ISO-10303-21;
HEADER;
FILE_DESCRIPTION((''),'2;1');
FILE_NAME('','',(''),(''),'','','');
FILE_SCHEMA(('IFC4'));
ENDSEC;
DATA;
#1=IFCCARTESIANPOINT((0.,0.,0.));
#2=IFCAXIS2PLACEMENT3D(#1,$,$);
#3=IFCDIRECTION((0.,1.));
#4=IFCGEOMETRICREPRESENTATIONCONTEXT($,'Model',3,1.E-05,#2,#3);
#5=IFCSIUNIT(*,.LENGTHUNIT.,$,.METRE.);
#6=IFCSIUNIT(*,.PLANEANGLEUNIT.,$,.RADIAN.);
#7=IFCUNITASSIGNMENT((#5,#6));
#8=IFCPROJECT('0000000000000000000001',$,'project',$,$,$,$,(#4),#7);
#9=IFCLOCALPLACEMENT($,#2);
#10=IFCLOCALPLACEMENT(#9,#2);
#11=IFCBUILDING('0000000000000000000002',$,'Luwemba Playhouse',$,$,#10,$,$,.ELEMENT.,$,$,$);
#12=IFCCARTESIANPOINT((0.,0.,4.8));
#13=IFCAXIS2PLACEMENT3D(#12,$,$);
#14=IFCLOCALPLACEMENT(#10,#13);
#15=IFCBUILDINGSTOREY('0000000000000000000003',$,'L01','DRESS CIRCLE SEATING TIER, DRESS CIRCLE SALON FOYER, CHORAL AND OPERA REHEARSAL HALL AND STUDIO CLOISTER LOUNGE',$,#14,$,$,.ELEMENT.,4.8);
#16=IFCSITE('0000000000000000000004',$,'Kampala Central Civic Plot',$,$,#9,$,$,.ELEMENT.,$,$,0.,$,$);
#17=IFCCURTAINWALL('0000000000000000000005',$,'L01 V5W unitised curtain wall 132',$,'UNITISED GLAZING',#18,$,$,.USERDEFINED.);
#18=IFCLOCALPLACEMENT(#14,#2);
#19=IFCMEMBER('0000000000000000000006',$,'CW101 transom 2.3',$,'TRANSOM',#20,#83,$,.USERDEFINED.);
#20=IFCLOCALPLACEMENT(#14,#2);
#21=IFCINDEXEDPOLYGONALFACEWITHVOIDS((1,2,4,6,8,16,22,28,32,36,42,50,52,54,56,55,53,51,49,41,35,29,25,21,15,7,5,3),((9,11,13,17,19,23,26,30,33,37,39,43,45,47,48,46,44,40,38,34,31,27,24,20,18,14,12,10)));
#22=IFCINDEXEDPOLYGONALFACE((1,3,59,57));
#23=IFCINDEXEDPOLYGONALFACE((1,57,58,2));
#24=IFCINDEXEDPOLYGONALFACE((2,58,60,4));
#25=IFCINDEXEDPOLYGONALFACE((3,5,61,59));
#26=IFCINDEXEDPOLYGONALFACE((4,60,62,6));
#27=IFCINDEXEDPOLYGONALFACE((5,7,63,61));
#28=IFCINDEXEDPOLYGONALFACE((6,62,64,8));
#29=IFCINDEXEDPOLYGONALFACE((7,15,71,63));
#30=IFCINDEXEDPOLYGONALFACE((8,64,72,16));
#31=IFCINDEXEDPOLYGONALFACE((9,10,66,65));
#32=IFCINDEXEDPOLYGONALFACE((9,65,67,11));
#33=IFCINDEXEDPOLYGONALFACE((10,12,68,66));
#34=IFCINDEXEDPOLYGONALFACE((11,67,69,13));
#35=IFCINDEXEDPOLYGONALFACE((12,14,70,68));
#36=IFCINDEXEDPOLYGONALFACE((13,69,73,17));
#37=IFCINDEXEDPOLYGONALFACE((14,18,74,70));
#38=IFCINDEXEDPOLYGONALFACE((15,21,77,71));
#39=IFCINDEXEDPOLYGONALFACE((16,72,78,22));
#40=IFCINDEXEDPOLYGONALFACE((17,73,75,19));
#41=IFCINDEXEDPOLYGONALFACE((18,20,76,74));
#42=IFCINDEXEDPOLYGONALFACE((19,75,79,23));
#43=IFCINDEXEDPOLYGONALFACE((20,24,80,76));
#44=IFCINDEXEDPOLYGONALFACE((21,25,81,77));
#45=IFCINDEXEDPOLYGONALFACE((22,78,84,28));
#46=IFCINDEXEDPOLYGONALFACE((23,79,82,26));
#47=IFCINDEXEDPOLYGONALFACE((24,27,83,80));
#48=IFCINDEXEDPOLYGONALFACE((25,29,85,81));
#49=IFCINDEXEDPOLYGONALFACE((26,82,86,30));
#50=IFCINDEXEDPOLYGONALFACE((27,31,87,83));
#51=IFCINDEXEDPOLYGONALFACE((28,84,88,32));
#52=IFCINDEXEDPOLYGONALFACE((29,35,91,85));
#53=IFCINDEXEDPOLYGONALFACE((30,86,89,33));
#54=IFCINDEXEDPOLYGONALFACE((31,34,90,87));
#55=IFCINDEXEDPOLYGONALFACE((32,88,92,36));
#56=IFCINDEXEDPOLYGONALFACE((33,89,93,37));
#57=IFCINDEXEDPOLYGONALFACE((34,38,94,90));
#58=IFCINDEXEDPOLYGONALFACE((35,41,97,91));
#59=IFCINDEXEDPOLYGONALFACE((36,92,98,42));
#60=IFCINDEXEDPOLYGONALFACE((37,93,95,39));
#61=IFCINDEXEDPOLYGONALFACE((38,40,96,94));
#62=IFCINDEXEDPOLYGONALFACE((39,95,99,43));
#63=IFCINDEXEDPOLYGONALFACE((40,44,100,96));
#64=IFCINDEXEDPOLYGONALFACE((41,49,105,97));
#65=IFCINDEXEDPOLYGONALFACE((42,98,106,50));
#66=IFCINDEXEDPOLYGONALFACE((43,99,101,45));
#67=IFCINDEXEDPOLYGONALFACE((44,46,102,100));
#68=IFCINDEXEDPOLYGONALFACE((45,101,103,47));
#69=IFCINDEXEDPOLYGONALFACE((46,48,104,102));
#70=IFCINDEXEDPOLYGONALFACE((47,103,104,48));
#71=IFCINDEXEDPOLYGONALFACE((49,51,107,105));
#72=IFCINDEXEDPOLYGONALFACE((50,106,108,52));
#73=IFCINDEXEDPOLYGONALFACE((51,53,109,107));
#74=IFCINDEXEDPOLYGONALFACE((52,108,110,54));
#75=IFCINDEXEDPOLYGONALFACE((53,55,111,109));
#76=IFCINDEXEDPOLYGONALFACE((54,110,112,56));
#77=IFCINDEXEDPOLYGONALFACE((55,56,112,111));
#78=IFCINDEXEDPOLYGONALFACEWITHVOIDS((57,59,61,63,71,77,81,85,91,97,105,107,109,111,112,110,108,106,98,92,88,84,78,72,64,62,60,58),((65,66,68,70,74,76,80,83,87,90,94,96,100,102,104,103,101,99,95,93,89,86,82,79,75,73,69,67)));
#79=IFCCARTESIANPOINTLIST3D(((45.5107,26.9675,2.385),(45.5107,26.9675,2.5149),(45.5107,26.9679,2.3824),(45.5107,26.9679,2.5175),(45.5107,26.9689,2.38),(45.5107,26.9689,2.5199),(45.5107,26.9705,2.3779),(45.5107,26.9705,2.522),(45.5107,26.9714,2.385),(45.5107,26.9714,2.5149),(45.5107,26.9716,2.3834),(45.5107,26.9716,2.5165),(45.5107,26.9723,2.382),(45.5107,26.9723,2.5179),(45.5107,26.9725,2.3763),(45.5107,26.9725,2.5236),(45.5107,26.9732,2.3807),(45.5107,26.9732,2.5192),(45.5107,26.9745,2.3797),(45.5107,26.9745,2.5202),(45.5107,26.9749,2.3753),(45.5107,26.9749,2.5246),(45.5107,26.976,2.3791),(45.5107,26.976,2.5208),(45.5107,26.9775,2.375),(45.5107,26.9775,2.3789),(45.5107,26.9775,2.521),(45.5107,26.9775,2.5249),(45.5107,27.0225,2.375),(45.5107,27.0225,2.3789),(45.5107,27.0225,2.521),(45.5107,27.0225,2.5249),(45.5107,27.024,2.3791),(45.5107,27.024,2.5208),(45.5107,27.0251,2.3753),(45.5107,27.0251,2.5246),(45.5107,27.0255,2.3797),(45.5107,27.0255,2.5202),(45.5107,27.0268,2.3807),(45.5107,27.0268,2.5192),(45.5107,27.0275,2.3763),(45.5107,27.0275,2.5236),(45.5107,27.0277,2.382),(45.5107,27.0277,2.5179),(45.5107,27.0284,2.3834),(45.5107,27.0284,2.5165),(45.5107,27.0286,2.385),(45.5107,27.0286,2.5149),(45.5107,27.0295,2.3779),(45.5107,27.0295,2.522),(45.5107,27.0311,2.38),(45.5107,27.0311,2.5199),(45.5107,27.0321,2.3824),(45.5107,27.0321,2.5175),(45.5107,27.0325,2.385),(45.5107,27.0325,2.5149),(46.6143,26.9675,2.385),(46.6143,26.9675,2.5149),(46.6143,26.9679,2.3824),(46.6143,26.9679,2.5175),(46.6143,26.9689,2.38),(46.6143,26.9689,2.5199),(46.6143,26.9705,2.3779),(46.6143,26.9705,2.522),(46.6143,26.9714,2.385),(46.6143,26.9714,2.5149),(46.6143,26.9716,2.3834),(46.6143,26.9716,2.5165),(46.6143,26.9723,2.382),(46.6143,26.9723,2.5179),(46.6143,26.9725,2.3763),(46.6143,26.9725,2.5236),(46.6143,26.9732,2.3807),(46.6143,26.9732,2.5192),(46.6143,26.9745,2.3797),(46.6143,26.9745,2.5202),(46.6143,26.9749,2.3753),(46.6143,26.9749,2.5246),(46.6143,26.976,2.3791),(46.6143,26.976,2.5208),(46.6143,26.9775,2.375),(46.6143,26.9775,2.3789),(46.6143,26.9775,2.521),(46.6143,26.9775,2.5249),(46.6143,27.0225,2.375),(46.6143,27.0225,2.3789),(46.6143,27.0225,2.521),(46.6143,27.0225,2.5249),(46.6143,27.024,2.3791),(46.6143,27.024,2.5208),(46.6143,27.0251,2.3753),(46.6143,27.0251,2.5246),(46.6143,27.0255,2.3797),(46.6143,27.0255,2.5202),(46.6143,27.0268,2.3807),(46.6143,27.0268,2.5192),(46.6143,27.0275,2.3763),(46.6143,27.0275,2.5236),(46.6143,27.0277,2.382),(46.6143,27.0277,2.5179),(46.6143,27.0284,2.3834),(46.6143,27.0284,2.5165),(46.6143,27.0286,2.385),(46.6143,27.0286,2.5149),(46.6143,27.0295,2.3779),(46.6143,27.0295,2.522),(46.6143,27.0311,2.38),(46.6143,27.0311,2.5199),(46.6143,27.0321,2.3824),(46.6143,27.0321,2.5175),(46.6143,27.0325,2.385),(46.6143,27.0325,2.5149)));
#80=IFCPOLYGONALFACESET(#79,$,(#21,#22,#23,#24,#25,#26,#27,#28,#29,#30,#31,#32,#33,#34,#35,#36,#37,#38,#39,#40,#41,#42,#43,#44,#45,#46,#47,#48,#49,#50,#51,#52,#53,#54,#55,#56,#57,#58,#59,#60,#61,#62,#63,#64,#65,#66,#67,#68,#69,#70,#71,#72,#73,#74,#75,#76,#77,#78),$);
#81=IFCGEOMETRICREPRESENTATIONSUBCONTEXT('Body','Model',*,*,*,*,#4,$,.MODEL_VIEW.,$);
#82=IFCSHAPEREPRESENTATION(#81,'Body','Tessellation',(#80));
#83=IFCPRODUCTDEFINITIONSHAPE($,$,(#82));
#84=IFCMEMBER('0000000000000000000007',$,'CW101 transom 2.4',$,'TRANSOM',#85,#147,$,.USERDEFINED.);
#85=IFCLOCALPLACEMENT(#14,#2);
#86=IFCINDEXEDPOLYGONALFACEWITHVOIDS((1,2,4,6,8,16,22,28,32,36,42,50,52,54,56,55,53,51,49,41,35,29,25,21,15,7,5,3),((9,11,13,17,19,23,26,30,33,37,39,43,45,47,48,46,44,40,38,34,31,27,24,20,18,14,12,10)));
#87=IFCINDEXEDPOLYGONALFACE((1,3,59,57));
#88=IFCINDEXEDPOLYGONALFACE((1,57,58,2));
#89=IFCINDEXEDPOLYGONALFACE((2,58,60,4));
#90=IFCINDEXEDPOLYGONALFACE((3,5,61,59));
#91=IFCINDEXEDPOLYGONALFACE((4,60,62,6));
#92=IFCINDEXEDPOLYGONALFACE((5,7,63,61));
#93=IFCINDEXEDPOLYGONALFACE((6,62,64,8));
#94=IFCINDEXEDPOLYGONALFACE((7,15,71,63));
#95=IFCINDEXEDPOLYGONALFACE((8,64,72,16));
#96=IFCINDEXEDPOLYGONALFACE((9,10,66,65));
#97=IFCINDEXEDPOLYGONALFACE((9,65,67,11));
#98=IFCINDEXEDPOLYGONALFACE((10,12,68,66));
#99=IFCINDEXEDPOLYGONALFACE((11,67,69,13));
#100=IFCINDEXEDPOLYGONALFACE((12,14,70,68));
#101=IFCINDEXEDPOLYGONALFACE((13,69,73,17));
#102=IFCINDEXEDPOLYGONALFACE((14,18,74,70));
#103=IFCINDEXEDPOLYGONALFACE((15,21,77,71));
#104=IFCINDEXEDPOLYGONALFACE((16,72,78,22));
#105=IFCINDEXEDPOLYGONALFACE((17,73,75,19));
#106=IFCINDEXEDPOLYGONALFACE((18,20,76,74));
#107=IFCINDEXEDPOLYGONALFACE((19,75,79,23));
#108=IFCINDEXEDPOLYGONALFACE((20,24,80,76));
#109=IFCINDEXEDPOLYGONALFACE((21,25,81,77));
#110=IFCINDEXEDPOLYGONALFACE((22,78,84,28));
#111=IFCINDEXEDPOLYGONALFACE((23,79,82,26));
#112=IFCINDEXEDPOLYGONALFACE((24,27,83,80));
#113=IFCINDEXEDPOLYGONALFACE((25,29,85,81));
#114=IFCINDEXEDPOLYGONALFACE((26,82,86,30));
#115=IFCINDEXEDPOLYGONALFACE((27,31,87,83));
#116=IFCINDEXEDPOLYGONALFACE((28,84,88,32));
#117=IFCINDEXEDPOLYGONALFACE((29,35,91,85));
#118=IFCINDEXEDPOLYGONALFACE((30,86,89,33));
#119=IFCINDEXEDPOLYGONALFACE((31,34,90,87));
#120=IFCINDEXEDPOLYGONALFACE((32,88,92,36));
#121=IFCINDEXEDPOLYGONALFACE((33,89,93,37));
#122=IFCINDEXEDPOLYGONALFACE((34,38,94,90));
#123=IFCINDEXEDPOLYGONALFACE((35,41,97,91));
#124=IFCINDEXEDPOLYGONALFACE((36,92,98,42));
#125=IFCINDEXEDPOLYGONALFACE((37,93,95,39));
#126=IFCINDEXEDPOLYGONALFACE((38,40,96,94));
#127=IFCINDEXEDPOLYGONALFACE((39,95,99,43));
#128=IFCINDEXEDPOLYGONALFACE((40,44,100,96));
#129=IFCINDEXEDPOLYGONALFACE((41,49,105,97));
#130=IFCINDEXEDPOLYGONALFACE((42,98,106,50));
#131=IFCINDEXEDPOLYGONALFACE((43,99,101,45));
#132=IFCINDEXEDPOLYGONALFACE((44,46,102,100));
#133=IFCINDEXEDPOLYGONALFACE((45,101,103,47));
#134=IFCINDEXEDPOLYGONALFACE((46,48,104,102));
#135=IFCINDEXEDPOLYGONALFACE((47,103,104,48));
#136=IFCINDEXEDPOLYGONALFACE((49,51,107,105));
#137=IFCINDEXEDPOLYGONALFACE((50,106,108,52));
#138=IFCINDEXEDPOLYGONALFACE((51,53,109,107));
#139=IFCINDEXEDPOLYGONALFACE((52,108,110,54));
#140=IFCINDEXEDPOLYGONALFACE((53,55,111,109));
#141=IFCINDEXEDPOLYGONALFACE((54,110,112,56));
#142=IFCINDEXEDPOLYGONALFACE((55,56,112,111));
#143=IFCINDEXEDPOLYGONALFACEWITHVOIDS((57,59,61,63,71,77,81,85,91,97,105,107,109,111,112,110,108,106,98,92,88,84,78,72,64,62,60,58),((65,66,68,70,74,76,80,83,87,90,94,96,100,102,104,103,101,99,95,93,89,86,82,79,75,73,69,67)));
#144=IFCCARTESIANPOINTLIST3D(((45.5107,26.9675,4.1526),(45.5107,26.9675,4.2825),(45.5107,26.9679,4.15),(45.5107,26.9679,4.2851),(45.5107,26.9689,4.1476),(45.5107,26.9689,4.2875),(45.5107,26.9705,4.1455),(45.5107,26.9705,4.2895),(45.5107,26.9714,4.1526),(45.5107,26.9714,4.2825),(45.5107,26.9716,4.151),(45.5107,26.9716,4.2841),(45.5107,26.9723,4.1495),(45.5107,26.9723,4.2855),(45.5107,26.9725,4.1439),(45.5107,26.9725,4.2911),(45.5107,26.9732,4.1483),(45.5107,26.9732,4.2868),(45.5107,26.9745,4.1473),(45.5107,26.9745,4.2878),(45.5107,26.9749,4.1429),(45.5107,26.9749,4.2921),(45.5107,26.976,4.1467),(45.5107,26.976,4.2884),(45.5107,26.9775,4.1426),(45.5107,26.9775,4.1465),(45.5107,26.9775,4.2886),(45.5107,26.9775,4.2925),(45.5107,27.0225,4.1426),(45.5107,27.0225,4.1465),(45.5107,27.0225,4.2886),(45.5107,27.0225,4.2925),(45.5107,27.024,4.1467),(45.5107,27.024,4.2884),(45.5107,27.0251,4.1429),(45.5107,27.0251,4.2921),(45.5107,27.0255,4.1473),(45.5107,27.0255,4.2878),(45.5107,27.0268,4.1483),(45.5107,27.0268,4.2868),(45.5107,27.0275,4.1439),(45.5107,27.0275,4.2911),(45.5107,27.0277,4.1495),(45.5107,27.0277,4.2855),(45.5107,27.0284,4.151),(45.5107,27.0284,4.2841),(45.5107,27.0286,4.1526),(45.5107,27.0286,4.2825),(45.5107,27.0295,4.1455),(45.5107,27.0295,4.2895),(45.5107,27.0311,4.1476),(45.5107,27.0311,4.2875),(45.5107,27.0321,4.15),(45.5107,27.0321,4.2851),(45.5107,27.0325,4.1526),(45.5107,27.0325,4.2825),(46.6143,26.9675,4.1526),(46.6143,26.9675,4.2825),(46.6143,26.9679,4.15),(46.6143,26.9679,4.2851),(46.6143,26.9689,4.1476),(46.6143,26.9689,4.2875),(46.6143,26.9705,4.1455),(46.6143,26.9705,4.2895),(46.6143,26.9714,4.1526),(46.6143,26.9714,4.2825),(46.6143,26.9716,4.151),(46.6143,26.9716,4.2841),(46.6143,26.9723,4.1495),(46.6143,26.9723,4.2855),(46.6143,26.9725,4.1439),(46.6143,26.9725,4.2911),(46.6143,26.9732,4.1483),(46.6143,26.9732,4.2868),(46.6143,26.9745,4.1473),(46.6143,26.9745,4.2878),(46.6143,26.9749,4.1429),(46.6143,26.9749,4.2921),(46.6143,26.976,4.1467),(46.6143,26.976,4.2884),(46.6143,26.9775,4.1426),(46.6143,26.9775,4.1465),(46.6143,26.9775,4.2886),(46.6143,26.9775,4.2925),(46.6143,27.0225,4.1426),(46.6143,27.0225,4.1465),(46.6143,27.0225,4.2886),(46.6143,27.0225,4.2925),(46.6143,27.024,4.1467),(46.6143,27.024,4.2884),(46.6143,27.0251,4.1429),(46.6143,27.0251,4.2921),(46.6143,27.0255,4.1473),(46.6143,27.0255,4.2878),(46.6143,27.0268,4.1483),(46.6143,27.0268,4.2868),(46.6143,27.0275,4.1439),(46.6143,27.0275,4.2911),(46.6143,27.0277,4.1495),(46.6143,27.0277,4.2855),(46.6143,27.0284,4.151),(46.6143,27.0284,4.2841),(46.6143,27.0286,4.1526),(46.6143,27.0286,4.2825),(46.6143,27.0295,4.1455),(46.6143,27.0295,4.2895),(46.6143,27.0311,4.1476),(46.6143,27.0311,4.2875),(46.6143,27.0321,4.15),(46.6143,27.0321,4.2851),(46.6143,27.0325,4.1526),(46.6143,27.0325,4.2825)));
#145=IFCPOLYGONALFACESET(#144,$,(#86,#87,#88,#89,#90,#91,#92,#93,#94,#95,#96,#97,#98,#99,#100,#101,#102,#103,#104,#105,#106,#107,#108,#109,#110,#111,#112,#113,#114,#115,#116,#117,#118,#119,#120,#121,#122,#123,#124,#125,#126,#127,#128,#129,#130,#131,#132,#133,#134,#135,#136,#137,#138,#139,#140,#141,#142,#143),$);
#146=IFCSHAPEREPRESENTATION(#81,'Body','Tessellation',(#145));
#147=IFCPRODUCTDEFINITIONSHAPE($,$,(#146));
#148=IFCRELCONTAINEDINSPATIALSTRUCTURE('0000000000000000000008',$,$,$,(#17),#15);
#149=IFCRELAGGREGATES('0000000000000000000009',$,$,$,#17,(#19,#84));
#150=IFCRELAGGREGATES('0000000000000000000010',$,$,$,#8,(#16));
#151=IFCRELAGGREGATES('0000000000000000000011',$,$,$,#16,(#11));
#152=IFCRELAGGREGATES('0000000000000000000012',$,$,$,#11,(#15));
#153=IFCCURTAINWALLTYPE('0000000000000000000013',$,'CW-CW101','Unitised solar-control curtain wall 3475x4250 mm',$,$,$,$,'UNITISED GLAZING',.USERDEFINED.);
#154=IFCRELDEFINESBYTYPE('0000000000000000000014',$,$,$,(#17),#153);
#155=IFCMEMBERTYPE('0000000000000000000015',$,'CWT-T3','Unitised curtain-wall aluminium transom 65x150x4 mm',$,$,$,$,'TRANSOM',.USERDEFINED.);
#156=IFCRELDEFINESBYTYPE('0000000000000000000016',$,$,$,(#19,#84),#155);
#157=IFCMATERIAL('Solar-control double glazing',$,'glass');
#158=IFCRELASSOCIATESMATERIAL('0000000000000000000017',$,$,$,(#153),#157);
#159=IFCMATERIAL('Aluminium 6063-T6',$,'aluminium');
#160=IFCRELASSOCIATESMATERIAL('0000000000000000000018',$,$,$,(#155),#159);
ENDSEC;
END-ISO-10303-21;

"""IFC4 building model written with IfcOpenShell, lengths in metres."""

from ifc_helpers import new_model, si_unit, direction, frame, origin, origin_2d, place, context, subcontext, project, spatial, hollow_rectangle, extrude, material, material_profile, profile_set, type_object, element, aggregate, save


model = new_model("IFC4")

# Units and contexts
model_context = context("Model", 3, precision=1e-05, world=origin(), true_north=direction((0.0, 1.0)))
body_context = subcontext(model_context, "Body", "Model", "MODEL_VIEW")
ifc_project = project(units=[si_unit("LENGTHUNIT", "METRE"), si_unit("PLANEANGLEUNIT", "RADIAN")], contexts=[model_context])

# Site, building, storey
site_placement = place(None, origin())
site = spatial("IfcSite", under=ifc_project, at=site_placement, Name="Kampala Central Civic Plot", CompositionType="ELEMENT", RefElevation=0.0)
building_placement = place(site_placement, origin())
building = spatial("IfcBuilding", under=site, at=building_placement, Name="Luwemba Playhouse", CompositionType="ELEMENT")
storey_placement = place(building_placement, frame((0.0, 0.0, 4.8)))
storey = spatial("IfcBuildingStorey", under=building, at=storey_placement, Name="L01", Description="DRESS CIRCLE SEATING TIER, DRESS CIRCLE SALON FOYER, CHORAL AND OPERA REHEARSAL HALL AND STUDIO CLOISTER LOUNGE", CompositionType="ELEMENT", Elevation=4.8)

# Shared definitions
ifc_material_1 = material(Name="Solar-control double glazing", Category="glass")
ifc_material_2 = material(Name="Aluminium 6063-T6", Category="aluminium")

# Curtain wall
curtain_wall_type_1 = type_object("IfcCurtainWallType", Name="CW-CW101", Description="Unitised solar-control curtain wall 3475x4250 mm", ElementType="UNITISED GLAZING", PredefinedType="USERDEFINED", material=ifc_material_1)
curtain_wall_1_placement = place(storey_placement, origin())
curtain_wall_1 = element("IfcCurtainWall", 1, at=curtain_wall_1_placement, inside=storey, type_object=curtain_wall_type_1, Name="L01 V5W unitised curtain wall 132", ObjectType="UNITISED GLAZING", PredefinedType="USERDEFINED")

# Members
ifc_material_profile_1 = material_profile(ifc_material_2, hollow_rectangle(XDim=0.0649, YDim=0.1499, WallThickness=0.0039, InnerFilletRadius=0.0061, OuterFilletRadius=0.01, at=origin_2d()))
ifc_profile_set_1 = profile_set([ifc_material_profile_1], Name="Aluminium 6063-T6")
member_type_1 = type_object("IfcMemberType", Name="CWT-T3", Description="Unitised curtain-wall aluminium transom 65x150x4 mm", ElementType="TRANSOM", PredefinedType="USERDEFINED", material=ifc_profile_set_1)
member_1_placement = place(storey_placement, frame((45.5107, 27.0, 2.45), z_axis=(1.0, 0.0, 0.0), x_axis=(0.0, 1.0, 0.0)))
member_1 = element("IfcMember", 2, at=member_1_placement, type_object=member_type_1, Name="CW101 transom 2.3", ObjectType="TRANSOM", PredefinedType="USERDEFINED", context=body_context, shape_type="SweptSolid", body=[
    extrude(hollow_rectangle(XDim=0.0649, YDim=0.1499, WallThickness=0.0039, InnerFilletRadius=0.0061, OuterFilletRadius=0.01, at=origin_2d()), origin(), (0.0, 0.0, 1.0), 1.1035),
])
member_2_placement = place(storey_placement, frame((45.5107, 27.0, 4.2175), z_axis=(1.0, 0.0, 0.0), x_axis=(0.0, 1.0, 0.0)))
member_2 = element("IfcMember", 3, at=member_2_placement, type_object=member_type_1, Name="CW101 transom 2.4", ObjectType="TRANSOM", PredefinedType="USERDEFINED", context=body_context, shape_type="SweptSolid", body=[
    extrude(hollow_rectangle(XDim=0.0649, YDim=0.1499, WallThickness=0.0039, InnerFilletRadius=0.0061, OuterFilletRadius=0.01, at=origin_2d()), origin(), (0.0, 0.0, 1.0), 1.1035),
])

aggregate(curtain_wall_1, [member_1, member_2])

save(model, "model.ifc")
